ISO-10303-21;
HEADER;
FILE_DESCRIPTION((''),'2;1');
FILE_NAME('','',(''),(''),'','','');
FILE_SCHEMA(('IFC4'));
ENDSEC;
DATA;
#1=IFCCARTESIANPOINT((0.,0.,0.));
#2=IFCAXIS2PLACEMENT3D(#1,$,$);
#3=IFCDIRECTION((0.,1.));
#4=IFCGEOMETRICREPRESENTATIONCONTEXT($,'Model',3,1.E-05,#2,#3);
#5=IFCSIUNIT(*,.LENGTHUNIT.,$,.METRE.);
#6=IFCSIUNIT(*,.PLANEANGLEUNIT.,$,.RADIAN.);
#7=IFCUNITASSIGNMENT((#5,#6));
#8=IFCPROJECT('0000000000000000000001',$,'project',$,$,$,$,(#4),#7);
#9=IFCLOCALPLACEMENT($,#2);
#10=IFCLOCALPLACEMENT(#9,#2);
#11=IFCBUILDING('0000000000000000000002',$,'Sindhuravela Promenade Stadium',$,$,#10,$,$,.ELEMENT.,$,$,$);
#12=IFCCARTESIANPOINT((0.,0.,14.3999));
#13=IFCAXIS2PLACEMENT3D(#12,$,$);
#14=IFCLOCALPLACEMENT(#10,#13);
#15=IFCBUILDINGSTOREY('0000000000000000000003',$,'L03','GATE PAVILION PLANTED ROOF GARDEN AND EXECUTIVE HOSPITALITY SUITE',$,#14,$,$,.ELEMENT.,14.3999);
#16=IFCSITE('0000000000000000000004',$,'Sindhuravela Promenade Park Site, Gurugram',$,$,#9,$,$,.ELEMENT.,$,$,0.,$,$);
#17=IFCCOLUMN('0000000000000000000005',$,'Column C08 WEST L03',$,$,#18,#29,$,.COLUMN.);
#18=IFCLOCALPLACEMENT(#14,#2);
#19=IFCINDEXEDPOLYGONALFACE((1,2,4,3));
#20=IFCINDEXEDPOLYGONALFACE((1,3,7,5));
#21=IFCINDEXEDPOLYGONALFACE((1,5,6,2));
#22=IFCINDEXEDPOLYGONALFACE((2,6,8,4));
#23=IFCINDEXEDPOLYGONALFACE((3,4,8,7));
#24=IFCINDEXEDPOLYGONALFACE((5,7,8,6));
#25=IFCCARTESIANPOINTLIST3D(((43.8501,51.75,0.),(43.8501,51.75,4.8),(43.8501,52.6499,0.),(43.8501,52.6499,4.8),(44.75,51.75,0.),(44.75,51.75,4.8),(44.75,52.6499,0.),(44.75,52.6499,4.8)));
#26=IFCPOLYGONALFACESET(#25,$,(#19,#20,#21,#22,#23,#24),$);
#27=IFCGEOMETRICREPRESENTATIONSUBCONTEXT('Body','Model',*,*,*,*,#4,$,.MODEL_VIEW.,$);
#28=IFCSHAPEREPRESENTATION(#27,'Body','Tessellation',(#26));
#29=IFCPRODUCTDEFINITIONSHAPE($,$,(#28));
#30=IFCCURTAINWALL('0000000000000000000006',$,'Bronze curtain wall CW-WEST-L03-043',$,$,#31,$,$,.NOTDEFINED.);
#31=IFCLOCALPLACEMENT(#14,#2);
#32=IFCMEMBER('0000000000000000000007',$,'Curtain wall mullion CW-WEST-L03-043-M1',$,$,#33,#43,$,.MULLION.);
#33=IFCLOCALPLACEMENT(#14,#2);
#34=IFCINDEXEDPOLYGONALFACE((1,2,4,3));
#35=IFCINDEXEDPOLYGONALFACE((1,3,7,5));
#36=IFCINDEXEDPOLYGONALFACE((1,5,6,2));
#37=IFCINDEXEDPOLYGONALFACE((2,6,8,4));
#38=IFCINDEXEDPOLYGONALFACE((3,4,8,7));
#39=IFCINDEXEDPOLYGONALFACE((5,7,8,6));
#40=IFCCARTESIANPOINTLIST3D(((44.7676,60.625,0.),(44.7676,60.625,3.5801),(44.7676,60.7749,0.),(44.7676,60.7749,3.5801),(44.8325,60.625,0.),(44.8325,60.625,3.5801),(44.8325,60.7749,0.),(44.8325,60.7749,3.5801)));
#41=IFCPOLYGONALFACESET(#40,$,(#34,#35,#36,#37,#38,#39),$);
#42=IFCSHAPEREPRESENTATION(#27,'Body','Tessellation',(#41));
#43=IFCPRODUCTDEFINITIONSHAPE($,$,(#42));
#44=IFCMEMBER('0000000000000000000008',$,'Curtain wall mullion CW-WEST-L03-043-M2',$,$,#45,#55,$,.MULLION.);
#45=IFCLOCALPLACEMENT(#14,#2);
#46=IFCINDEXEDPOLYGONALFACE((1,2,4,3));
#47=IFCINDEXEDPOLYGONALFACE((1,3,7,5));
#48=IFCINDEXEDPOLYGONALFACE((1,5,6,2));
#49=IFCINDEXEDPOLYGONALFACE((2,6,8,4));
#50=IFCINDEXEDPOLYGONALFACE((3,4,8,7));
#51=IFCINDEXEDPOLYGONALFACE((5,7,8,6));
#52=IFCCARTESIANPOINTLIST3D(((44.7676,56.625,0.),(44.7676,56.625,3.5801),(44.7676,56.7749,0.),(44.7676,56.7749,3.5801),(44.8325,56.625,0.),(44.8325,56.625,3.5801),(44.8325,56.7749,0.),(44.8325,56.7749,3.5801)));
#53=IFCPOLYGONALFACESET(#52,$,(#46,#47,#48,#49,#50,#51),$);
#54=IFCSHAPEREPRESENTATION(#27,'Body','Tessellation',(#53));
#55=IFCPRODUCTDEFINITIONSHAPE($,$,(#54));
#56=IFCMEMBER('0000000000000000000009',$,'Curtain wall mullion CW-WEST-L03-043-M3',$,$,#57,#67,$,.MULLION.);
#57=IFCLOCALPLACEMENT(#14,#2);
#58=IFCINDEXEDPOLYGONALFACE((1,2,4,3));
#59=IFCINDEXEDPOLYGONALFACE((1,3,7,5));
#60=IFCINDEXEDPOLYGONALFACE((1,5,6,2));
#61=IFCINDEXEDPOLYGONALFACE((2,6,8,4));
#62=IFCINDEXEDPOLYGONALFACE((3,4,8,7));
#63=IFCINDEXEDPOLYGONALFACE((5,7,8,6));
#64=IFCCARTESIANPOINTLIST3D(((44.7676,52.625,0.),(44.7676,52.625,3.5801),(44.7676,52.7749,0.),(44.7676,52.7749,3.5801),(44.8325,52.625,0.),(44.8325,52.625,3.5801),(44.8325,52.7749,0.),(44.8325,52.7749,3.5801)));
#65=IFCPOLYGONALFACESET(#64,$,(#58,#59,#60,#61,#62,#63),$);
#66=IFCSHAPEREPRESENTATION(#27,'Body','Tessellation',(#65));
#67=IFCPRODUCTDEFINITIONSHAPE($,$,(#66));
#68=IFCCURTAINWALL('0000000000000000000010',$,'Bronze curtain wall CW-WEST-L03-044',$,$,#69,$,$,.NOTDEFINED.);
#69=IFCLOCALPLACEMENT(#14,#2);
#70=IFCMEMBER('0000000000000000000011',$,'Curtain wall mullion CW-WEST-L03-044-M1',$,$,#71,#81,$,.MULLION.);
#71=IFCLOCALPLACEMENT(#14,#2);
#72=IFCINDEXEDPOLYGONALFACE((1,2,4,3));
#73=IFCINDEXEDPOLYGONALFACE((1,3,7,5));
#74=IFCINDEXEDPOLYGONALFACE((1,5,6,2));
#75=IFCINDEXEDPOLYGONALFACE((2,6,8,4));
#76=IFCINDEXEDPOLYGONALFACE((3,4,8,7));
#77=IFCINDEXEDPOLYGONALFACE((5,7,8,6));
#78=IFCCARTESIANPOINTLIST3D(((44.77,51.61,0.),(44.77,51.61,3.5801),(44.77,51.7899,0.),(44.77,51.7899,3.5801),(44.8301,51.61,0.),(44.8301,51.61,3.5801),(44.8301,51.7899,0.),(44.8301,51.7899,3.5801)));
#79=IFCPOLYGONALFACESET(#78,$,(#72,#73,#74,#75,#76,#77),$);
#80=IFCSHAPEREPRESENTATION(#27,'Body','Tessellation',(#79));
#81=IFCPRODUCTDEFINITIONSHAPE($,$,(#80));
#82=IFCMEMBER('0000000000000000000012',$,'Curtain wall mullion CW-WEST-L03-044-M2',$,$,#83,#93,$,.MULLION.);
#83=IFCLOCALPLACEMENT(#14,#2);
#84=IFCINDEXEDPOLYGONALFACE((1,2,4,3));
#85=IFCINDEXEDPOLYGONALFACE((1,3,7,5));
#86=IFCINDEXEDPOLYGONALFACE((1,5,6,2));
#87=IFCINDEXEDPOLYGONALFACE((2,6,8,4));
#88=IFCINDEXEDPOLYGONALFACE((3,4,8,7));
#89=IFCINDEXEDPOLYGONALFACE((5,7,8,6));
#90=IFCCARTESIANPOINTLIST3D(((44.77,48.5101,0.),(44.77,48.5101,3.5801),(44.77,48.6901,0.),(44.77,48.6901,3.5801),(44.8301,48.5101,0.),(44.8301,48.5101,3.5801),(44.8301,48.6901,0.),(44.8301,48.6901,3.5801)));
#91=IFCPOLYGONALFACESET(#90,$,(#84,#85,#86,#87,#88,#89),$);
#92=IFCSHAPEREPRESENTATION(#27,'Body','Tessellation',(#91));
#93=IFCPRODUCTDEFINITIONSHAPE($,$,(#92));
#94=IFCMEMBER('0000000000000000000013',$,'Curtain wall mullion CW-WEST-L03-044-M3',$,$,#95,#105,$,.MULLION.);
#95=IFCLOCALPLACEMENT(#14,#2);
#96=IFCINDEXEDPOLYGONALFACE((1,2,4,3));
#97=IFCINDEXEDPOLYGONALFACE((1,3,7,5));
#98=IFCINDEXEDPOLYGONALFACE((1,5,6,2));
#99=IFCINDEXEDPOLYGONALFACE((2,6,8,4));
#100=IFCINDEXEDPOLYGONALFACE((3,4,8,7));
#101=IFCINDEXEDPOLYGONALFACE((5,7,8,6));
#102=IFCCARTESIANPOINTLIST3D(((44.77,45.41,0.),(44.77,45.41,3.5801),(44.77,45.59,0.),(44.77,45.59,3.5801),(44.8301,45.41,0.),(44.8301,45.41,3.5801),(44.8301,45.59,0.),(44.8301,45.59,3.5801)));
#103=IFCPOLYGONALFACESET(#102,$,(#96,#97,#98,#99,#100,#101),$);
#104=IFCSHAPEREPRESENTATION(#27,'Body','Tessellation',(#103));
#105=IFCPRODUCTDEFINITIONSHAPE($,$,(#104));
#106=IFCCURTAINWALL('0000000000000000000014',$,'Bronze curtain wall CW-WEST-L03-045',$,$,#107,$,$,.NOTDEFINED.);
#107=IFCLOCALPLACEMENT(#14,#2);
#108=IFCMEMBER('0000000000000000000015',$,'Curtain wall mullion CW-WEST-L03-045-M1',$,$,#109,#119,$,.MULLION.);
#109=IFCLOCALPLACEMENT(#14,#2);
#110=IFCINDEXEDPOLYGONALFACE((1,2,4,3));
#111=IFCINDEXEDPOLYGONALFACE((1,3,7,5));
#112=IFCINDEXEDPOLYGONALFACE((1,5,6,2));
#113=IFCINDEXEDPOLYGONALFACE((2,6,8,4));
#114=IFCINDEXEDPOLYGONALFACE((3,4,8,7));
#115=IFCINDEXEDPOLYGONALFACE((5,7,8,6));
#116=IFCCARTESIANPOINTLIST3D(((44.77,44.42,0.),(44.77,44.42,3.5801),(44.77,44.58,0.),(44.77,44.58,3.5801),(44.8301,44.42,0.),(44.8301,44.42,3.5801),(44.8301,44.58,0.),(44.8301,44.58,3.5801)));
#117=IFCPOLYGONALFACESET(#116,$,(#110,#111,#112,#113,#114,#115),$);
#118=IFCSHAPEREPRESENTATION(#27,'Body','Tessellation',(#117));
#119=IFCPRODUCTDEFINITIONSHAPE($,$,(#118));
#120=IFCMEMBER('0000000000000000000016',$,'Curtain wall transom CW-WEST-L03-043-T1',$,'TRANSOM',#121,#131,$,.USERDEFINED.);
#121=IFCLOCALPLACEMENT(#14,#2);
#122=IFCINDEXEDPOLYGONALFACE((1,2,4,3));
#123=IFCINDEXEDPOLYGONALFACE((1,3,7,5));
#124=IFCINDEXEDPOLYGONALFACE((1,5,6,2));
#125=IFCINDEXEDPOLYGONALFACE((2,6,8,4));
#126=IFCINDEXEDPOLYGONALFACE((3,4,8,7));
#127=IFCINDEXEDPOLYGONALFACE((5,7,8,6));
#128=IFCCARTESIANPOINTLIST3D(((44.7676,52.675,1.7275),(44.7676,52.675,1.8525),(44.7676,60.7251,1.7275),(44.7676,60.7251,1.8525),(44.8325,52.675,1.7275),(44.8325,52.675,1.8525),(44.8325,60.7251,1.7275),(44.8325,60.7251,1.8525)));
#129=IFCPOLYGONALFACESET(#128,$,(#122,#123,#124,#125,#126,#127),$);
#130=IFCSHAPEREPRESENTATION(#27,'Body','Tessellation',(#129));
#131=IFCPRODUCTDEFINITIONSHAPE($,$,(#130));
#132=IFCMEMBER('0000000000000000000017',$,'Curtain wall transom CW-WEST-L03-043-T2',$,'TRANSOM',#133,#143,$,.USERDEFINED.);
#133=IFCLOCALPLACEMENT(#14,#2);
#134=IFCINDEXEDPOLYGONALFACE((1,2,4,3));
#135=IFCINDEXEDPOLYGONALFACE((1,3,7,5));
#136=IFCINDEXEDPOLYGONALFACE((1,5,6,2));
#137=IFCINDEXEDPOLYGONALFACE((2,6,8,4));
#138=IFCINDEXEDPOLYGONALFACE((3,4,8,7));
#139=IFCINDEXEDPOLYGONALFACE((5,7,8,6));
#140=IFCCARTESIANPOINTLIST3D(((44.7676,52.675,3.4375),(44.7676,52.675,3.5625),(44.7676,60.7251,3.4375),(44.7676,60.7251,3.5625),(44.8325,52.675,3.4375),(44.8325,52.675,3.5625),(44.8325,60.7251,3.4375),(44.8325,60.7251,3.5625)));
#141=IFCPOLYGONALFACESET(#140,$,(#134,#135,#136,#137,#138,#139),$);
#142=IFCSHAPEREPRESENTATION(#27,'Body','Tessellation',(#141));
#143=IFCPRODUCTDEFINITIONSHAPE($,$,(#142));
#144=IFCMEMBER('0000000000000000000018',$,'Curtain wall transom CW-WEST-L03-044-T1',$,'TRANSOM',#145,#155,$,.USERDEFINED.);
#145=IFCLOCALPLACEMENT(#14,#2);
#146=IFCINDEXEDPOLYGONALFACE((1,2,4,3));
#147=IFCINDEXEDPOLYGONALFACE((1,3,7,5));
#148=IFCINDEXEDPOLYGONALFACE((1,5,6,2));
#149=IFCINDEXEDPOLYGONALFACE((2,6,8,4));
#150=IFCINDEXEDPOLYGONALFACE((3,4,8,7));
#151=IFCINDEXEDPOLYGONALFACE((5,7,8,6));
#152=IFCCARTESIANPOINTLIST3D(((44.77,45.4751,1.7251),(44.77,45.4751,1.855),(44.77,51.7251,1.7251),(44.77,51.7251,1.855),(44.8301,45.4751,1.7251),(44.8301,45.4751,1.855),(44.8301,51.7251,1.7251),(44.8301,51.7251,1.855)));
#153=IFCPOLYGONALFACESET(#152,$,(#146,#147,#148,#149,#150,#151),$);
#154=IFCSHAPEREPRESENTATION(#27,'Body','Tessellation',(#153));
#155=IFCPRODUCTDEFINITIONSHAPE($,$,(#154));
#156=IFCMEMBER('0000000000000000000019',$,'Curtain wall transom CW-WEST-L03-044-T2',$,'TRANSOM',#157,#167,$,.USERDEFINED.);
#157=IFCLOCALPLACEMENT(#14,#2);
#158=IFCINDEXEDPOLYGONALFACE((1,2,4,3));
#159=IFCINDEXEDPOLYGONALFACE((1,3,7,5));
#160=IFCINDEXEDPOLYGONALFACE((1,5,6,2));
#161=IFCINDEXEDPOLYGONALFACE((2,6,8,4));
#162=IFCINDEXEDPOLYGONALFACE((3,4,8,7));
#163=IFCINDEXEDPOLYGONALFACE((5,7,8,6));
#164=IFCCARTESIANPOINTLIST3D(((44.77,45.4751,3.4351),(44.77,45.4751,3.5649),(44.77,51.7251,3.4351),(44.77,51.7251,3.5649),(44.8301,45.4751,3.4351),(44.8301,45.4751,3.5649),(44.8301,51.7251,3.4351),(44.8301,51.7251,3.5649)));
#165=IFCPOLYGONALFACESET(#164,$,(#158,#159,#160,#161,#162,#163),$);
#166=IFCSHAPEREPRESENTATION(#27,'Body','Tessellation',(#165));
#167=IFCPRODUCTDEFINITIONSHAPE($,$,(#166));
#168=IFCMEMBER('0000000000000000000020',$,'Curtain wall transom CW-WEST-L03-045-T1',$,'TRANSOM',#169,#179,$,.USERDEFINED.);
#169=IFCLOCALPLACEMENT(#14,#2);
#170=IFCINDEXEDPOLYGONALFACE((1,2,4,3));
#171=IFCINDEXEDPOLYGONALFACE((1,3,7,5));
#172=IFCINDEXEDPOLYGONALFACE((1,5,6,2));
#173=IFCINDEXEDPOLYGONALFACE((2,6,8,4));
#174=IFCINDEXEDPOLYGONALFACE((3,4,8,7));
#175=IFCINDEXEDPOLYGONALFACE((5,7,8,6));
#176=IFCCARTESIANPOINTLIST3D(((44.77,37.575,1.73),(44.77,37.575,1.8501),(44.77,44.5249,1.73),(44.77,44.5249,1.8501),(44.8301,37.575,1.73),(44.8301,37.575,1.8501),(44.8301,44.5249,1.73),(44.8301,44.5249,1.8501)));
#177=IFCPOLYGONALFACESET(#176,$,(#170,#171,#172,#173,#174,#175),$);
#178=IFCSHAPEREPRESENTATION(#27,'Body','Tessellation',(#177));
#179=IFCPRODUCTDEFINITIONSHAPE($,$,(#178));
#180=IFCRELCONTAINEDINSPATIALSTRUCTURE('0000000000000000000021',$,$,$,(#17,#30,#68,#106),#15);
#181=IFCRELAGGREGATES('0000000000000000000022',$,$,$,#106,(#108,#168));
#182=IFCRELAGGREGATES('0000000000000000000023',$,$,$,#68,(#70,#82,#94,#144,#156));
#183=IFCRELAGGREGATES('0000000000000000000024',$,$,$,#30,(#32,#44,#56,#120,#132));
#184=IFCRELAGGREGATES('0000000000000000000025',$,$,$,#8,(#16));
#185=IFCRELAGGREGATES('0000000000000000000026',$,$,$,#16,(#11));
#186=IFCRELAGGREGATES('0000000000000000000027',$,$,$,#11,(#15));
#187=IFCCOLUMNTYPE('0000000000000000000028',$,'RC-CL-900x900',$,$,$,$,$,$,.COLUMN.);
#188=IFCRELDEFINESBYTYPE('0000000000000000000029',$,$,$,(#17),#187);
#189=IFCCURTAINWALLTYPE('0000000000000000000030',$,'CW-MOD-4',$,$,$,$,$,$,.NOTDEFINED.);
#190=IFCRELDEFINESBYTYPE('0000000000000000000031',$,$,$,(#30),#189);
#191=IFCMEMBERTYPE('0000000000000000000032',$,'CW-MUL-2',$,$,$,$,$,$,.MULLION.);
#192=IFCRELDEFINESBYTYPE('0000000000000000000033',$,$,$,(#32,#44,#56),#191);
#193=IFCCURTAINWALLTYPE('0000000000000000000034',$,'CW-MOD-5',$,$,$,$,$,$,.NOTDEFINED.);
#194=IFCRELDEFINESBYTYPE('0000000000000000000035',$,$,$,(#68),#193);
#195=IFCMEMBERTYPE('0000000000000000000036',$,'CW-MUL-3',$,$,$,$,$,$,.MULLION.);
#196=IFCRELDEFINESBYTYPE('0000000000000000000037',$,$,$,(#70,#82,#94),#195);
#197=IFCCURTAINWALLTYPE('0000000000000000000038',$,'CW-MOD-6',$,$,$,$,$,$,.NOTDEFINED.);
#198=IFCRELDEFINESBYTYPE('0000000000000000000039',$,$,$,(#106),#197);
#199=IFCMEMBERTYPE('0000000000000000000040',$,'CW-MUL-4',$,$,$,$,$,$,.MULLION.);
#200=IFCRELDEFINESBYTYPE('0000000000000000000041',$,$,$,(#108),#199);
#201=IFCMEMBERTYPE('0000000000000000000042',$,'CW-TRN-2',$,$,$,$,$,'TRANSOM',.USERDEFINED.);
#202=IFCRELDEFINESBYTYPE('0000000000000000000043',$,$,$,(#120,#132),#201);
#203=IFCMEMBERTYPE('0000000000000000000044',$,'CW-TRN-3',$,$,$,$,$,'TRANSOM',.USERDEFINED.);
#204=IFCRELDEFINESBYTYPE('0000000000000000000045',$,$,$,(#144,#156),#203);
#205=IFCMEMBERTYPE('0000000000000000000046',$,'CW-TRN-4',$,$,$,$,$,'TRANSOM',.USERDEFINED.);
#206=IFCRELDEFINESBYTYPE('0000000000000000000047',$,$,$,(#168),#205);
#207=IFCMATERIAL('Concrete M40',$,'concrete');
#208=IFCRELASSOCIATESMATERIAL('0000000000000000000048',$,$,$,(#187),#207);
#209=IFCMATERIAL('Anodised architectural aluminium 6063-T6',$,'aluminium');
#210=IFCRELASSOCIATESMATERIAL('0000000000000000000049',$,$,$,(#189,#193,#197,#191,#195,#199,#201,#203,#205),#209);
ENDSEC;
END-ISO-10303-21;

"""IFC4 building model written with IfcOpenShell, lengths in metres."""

from ifc_helpers import new_model, si_unit, direction, frame, origin, origin_2d, place, context, subcontext, project, spatial, rectangle, extrude, material, material_profile, profile_set, type_object, element, aggregate, save


model = new_model("IFC4")

# Units and contexts
model_context = context("Model", 3, precision=1e-05, world=origin(), true_north=direction((0.0, 1.0)))
body_context = subcontext(model_context, "Body", "Model", "MODEL_VIEW")
ifc_project = project(units=[si_unit("LENGTHUNIT", "METRE"), si_unit("PLANEANGLEUNIT", "RADIAN")], contexts=[model_context])

# Site, building, storey
site_placement = place(None, origin())
site = spatial("IfcSite", under=ifc_project, at=site_placement, Name="Sindhuravela Promenade Park Site, Gurugram", CompositionType="ELEMENT", RefElevation=0.0)
building_placement = place(site_placement, origin())
building = spatial("IfcBuilding", under=site, at=building_placement, Name="Sindhuravela Promenade Stadium", CompositionType="ELEMENT")
storey_placement = place(building_placement, frame((0.0, 0.0, 14.3999)))
storey = spatial("IfcBuildingStorey", under=building, at=storey_placement, Name="L03", Description="GATE PAVILION PLANTED ROOF GARDEN AND EXECUTIVE HOSPITALITY SUITE", CompositionType="ELEMENT", Elevation=14.3999)

# Column
ifc_material_1 = material(Name="Concrete M40", Category="concrete")
ifc_material_profile_1 = material_profile(ifc_material_1, rectangle(XDim=0.8999, YDim=0.8999, at=origin_2d()), Name="RC 900x900")
ifc_profile_set_1 = profile_set([ifc_material_profile_1], Name="Concrete M40")
column_type = type_object("IfcColumnType", Name="RC-CL-900x900", PredefinedType="COLUMN", material=ifc_profile_set_1)
column_placement = place(storey_placement, frame((44.3, 52.2, 0.0), z_axis=(0.0, 0.0, 1.0), x_axis=(1.0, 0.0, 0.0)))
element("IfcColumn", 1, at=column_placement, inside=storey, type_object=column_type, Name="Column C08 WEST L03", PredefinedType="COLUMN", context=body_context, shape_type="SweptSolid", body=[
    extrude(rectangle(XDim=0.8999, YDim=0.8999, at=origin_2d()), origin(), (0.0, 0.0, 1.0), 4.8),
])

# Curtain walls, members
ifc_material_2 = material(Name="Anodised architectural aluminium 6063-T6", Category="aluminium")
curtain_wall_type_1 = type_object("IfcCurtainWallType", Name="CW-MOD-4", PredefinedType="NOTDEFINED", material=ifc_material_2)
curtain_wall_1_placement = place(storey_placement, origin())
curtain_wall_1 = element("IfcCurtainWall", 2, at=curtain_wall_1_placement, inside=storey, type_object=curtain_wall_type_1, Name="Bronze curtain wall CW-WEST-L03-043", PredefinedType="NOTDEFINED")
ifc_material_profile_2 = material_profile(ifc_material_2, rectangle(XDim=0.0649, YDim=0.1499, at=origin_2d()), Name="ALU MULL 65x150")
ifc_profile_set_2 = profile_set([ifc_material_profile_2], Name="Anodised architectural aluminium 6063-T6")
member_type_1 = type_object("IfcMemberType", Name="CW-MUL-2", PredefinedType="MULLION", material=ifc_profile_set_2)
member_1_placement = place(storey_placement, frame((44.8, 60.7, 0.0), z_axis=(0.0, 0.0, 1.0), x_axis=(1.0, 0.0, 0.0)))
member_1 = element("IfcMember", 3, at=member_1_placement, type_object=member_type_1, Name="Curtain wall mullion CW-WEST-L03-043-M1", PredefinedType="MULLION", context=body_context, shape_type="SweptSolid", body=[
    extrude(rectangle(XDim=0.0649, YDim=0.1499, at=origin_2d()), origin(), (0.0, 0.0, 1.0), 3.5801),
])
member_2_placement = place(storey_placement, frame((44.8, 56.7, 0.0), z_axis=(0.0, 0.0, 1.0), x_axis=(1.0, 0.0, 0.0)))
member_2 = element("IfcMember", 4, at=member_2_placement, type_object=member_type_1, Name="Curtain wall mullion CW-WEST-L03-043-M2", PredefinedType="MULLION", context=body_context, shape_type="SweptSolid", body=[
    extrude(rectangle(XDim=0.0649, YDim=0.1499, at=origin_2d()), origin(), (0.0, 0.0, 1.0), 3.5801),
])
member_3_placement = place(storey_placement, frame((44.8, 52.7, 0.0), z_axis=(0.0, 0.0, 1.0), x_axis=(1.0, 0.0, 0.0)))
member_3 = element("IfcMember", 5, at=member_3_placement, type_object=member_type_1, Name="Curtain wall mullion CW-WEST-L03-043-M3", PredefinedType="MULLION", context=body_context, shape_type="SweptSolid", body=[
    extrude(rectangle(XDim=0.0649, YDim=0.1499, at=origin_2d()), origin(), (0.0, 0.0, 1.0), 3.5801),
])
curtain_wall_type_2 = type_object("IfcCurtainWallType", Name="CW-MOD-5", PredefinedType="NOTDEFINED", material=ifc_material_2)
curtain_wall_2_placement = place(storey_placement, origin())
curtain_wall_2 = element("IfcCurtainWall", 6, at=curtain_wall_2_placement, inside=storey, type_object=curtain_wall_type_2, Name="Bronze curtain wall CW-WEST-L03-044", PredefinedType="NOTDEFINED")
ifc_material_profile_3 = material_profile(ifc_material_2, rectangle(XDim=0.0601, YDim=0.1799, at=origin_2d()), Name="ALU M60x180")
ifc_profile_set_3 = profile_set([ifc_material_profile_3], Name="Anodised architectural aluminium 6063-T6")
member_type_2 = type_object("IfcMemberType", Name="CW-MUL-3", PredefinedType="MULLION", material=ifc_profile_set_3)
member_4_placement = place(storey_placement, frame((44.8, 51.7, 0.0), z_axis=(0.0, 0.0, 1.0), x_axis=(1.0, 0.0, 0.0)))
member_4 = element("IfcMember", 7, at=member_4_placement, type_object=member_type_2, Name="Curtain wall mullion CW-WEST-L03-044-M1", PredefinedType="MULLION", context=body_context, shape_type="SweptSolid", body=[
    extrude(rectangle(XDim=0.0601, YDim=0.1799, at=origin_2d()), origin(), (0.0, 0.0, 1.0), 3.5801),
])
member_5_placement = place(storey_placement, frame((44.8, 48.6001, 0.0), z_axis=(0.0, 0.0, 1.0), x_axis=(1.0, 0.0, 0.0)))
member_5 = element("IfcMember", 8, at=member_5_placement, type_object=member_type_2, Name="Curtain wall mullion CW-WEST-L03-044-M2", PredefinedType="MULLION", context=body_context, shape_type="SweptSolid", body=[
    extrude(rectangle(XDim=0.0601, YDim=0.1799, at=origin_2d()), origin(), (0.0, 0.0, 1.0), 3.5801),
])
member_6_placement = place(storey_placement, frame((44.8, 45.5, 0.0), z_axis=(0.0, 0.0, 1.0), x_axis=(1.0, 0.0, 0.0)))
member_6 = element("IfcMember", 9, at=member_6_placement, type_object=member_type_2, Name="Curtain wall mullion CW-WEST-L03-044-M3", PredefinedType="MULLION", context=body_context, shape_type="SweptSolid", body=[
    extrude(rectangle(XDim=0.0601, YDim=0.1799, at=origin_2d()), origin(), (0.0, 0.0, 1.0), 3.5801),
])

# Curtain wall, member
curtain_wall_type_3 = type_object("IfcCurtainWallType", Name="CW-MOD-6", PredefinedType="NOTDEFINED", material=ifc_material_2)
curtain_wall_3_placement = place(storey_placement, origin())
curtain_wall_3 = element("IfcCurtainWall", 10, at=curtain_wall_3_placement, inside=storey, type_object=curtain_wall_type_3, Name="Bronze curtain wall CW-WEST-L03-045", PredefinedType="NOTDEFINED")
ifc_material_profile_4 = material_profile(ifc_material_2, rectangle(XDim=0.0601, YDim=0.1599, at=origin_2d()), Name="ALU M60x160")
ifc_profile_set_4 = profile_set([ifc_material_profile_4], Name="Anodised architectural aluminium 6063-T6")
member_type_3 = type_object("IfcMemberType", Name="CW-MUL-4", PredefinedType="MULLION", material=ifc_profile_set_4)
member_7_placement = place(storey_placement, frame((44.8, 44.5, 0.0), z_axis=(0.0, 0.0, 1.0), x_axis=(1.0, 0.0, 0.0)))
member_7 = element("IfcMember", 11, at=member_7_placement, type_object=member_type_3, Name="Curtain wall mullion CW-WEST-L03-045-M1", PredefinedType="MULLION", context=body_context, shape_type="SweptSolid", body=[
    extrude(rectangle(XDim=0.0601, YDim=0.1599, at=origin_2d()), origin(), (0.0, 0.0, 1.0), 3.5801),
])

# Members
ifc_material_profile_5 = material_profile(ifc_material_2, rectangle(XDim=0.0649, YDim=0.125, at=origin_2d()), Name="ALU TRAN 65x125")
ifc_profile_set_5 = profile_set([ifc_material_profile_5], Name="Anodised architectural aluminium 6063-T6")
member_type_4 = type_object("IfcMemberType", Name="CW-TRN-2", ElementType="TRANSOM", PredefinedType="USERDEFINED", material=ifc_profile_set_5)
member_8_placement = place(storey_placement, frame((44.8, 60.7251, 1.79), z_axis=(0.0, -1.0, 0.0), x_axis=(1.0, 0.0, 0.0)))
member_8 = element("IfcMember", 12, at=member_8_placement, type_object=member_type_4, Name="Curtain wall transom CW-WEST-L03-043-T1", ObjectType="TRANSOM", PredefinedType="USERDEFINED", context=body_context, shape_type="SweptSolid", body=[
    extrude(rectangle(XDim=0.0649, YDim=0.125, at=origin_2d()), origin(), (0.0, 0.0, 1.0), 8.05),
])
member_9_placement = place(storey_placement, frame((44.8, 60.7251, 3.5), z_axis=(0.0, -1.0, 0.0), x_axis=(1.0, 0.0, 0.0)))
member_9 = element("IfcMember", 13, at=member_9_placement, type_object=member_type_4, Name="Curtain wall transom CW-WEST-L03-043-T2", ObjectType="TRANSOM", PredefinedType="USERDEFINED", context=body_context, shape_type="SweptSolid", body=[
    extrude(rectangle(XDim=0.0649, YDim=0.125, at=origin_2d()), origin(), (0.0, 0.0, 1.0), 8.05),
])
ifc_material_profile_6 = material_profile(ifc_material_2, rectangle(XDim=0.0601, YDim=0.1299, at=origin_2d()), Name="ALU T60x130")
ifc_profile_set_6 = profile_set([ifc_material_profile_6], Name="Anodised architectural aluminium 6063-T6")
member_type_5 = type_object("IfcMemberType", Name="CW-TRN-3", ElementType="TRANSOM", PredefinedType="USERDEFINED", material=ifc_profile_set_6)
member_10_placement = place(storey_placement, frame((44.8, 51.7251, 1.79), z_axis=(0.0, -1.0, 0.0), x_axis=(1.0, 0.0, 0.0)))
member_10 = element("IfcMember", 14, at=member_10_placement, type_object=member_type_5, Name="Curtain wall transom CW-WEST-L03-044-T1", ObjectType="TRANSOM", PredefinedType="USERDEFINED", context=body_context, shape_type="SweptSolid", body=[
    extrude(rectangle(XDim=0.0601, YDim=0.1299, at=origin_2d()), origin(), (0.0, 0.0, 1.0), 6.25),
])
member_11_placement = place(storey_placement, frame((44.8, 51.7251, 3.5), z_axis=(0.0, -1.0, 0.0), x_axis=(1.0, 0.0, 0.0)))
member_11 = element("IfcMember", 15, at=member_11_placement, type_object=member_type_5, Name="Curtain wall transom CW-WEST-L03-044-T2", ObjectType="TRANSOM", PredefinedType="USERDEFINED", context=body_context, shape_type="SweptSolid", body=[
    extrude(rectangle(XDim=0.0601, YDim=0.1299, at=origin_2d()), origin(), (0.0, 0.0, 1.0), 6.25),
])
ifc_material_profile_7 = material_profile(ifc_material_2, rectangle(XDim=0.0601, YDim=0.1201, at=origin_2d()), Name="ALU T60x120")
ifc_profile_set_7 = profile_set([ifc_material_profile_7], Name="Anodised architectural aluminium 6063-T6")
member_type_6 = type_object("IfcMemberType", Name="CW-TRN-4", ElementType="TRANSOM", PredefinedType="USERDEFINED", material=ifc_profile_set_7)
member_12_placement = place(storey_placement, frame((44.8, 44.5249, 1.79), z_axis=(0.0, -1.0, 0.0), x_axis=(1.0, 0.0, 0.0)))
member_12 = element("IfcMember", 16, at=member_12_placement, type_object=member_type_6, Name="Curtain wall transom CW-WEST-L03-045-T1", ObjectType="TRANSOM", PredefinedType="USERDEFINED", context=body_context, shape_type="SweptSolid", body=[
    extrude(rectangle(XDim=0.0601, YDim=0.1201, at=origin_2d()), origin(), (0.0, 0.0, 1.0), 6.95),
])
aggregate(curtain_wall_3, [member_7, member_12])

aggregate(curtain_wall_2, [member_4, member_5, member_6, member_10, member_11])
aggregate(curtain_wall_1, [member_1, member_2, member_3, member_8, member_9])

save(model, "model.ifc")
